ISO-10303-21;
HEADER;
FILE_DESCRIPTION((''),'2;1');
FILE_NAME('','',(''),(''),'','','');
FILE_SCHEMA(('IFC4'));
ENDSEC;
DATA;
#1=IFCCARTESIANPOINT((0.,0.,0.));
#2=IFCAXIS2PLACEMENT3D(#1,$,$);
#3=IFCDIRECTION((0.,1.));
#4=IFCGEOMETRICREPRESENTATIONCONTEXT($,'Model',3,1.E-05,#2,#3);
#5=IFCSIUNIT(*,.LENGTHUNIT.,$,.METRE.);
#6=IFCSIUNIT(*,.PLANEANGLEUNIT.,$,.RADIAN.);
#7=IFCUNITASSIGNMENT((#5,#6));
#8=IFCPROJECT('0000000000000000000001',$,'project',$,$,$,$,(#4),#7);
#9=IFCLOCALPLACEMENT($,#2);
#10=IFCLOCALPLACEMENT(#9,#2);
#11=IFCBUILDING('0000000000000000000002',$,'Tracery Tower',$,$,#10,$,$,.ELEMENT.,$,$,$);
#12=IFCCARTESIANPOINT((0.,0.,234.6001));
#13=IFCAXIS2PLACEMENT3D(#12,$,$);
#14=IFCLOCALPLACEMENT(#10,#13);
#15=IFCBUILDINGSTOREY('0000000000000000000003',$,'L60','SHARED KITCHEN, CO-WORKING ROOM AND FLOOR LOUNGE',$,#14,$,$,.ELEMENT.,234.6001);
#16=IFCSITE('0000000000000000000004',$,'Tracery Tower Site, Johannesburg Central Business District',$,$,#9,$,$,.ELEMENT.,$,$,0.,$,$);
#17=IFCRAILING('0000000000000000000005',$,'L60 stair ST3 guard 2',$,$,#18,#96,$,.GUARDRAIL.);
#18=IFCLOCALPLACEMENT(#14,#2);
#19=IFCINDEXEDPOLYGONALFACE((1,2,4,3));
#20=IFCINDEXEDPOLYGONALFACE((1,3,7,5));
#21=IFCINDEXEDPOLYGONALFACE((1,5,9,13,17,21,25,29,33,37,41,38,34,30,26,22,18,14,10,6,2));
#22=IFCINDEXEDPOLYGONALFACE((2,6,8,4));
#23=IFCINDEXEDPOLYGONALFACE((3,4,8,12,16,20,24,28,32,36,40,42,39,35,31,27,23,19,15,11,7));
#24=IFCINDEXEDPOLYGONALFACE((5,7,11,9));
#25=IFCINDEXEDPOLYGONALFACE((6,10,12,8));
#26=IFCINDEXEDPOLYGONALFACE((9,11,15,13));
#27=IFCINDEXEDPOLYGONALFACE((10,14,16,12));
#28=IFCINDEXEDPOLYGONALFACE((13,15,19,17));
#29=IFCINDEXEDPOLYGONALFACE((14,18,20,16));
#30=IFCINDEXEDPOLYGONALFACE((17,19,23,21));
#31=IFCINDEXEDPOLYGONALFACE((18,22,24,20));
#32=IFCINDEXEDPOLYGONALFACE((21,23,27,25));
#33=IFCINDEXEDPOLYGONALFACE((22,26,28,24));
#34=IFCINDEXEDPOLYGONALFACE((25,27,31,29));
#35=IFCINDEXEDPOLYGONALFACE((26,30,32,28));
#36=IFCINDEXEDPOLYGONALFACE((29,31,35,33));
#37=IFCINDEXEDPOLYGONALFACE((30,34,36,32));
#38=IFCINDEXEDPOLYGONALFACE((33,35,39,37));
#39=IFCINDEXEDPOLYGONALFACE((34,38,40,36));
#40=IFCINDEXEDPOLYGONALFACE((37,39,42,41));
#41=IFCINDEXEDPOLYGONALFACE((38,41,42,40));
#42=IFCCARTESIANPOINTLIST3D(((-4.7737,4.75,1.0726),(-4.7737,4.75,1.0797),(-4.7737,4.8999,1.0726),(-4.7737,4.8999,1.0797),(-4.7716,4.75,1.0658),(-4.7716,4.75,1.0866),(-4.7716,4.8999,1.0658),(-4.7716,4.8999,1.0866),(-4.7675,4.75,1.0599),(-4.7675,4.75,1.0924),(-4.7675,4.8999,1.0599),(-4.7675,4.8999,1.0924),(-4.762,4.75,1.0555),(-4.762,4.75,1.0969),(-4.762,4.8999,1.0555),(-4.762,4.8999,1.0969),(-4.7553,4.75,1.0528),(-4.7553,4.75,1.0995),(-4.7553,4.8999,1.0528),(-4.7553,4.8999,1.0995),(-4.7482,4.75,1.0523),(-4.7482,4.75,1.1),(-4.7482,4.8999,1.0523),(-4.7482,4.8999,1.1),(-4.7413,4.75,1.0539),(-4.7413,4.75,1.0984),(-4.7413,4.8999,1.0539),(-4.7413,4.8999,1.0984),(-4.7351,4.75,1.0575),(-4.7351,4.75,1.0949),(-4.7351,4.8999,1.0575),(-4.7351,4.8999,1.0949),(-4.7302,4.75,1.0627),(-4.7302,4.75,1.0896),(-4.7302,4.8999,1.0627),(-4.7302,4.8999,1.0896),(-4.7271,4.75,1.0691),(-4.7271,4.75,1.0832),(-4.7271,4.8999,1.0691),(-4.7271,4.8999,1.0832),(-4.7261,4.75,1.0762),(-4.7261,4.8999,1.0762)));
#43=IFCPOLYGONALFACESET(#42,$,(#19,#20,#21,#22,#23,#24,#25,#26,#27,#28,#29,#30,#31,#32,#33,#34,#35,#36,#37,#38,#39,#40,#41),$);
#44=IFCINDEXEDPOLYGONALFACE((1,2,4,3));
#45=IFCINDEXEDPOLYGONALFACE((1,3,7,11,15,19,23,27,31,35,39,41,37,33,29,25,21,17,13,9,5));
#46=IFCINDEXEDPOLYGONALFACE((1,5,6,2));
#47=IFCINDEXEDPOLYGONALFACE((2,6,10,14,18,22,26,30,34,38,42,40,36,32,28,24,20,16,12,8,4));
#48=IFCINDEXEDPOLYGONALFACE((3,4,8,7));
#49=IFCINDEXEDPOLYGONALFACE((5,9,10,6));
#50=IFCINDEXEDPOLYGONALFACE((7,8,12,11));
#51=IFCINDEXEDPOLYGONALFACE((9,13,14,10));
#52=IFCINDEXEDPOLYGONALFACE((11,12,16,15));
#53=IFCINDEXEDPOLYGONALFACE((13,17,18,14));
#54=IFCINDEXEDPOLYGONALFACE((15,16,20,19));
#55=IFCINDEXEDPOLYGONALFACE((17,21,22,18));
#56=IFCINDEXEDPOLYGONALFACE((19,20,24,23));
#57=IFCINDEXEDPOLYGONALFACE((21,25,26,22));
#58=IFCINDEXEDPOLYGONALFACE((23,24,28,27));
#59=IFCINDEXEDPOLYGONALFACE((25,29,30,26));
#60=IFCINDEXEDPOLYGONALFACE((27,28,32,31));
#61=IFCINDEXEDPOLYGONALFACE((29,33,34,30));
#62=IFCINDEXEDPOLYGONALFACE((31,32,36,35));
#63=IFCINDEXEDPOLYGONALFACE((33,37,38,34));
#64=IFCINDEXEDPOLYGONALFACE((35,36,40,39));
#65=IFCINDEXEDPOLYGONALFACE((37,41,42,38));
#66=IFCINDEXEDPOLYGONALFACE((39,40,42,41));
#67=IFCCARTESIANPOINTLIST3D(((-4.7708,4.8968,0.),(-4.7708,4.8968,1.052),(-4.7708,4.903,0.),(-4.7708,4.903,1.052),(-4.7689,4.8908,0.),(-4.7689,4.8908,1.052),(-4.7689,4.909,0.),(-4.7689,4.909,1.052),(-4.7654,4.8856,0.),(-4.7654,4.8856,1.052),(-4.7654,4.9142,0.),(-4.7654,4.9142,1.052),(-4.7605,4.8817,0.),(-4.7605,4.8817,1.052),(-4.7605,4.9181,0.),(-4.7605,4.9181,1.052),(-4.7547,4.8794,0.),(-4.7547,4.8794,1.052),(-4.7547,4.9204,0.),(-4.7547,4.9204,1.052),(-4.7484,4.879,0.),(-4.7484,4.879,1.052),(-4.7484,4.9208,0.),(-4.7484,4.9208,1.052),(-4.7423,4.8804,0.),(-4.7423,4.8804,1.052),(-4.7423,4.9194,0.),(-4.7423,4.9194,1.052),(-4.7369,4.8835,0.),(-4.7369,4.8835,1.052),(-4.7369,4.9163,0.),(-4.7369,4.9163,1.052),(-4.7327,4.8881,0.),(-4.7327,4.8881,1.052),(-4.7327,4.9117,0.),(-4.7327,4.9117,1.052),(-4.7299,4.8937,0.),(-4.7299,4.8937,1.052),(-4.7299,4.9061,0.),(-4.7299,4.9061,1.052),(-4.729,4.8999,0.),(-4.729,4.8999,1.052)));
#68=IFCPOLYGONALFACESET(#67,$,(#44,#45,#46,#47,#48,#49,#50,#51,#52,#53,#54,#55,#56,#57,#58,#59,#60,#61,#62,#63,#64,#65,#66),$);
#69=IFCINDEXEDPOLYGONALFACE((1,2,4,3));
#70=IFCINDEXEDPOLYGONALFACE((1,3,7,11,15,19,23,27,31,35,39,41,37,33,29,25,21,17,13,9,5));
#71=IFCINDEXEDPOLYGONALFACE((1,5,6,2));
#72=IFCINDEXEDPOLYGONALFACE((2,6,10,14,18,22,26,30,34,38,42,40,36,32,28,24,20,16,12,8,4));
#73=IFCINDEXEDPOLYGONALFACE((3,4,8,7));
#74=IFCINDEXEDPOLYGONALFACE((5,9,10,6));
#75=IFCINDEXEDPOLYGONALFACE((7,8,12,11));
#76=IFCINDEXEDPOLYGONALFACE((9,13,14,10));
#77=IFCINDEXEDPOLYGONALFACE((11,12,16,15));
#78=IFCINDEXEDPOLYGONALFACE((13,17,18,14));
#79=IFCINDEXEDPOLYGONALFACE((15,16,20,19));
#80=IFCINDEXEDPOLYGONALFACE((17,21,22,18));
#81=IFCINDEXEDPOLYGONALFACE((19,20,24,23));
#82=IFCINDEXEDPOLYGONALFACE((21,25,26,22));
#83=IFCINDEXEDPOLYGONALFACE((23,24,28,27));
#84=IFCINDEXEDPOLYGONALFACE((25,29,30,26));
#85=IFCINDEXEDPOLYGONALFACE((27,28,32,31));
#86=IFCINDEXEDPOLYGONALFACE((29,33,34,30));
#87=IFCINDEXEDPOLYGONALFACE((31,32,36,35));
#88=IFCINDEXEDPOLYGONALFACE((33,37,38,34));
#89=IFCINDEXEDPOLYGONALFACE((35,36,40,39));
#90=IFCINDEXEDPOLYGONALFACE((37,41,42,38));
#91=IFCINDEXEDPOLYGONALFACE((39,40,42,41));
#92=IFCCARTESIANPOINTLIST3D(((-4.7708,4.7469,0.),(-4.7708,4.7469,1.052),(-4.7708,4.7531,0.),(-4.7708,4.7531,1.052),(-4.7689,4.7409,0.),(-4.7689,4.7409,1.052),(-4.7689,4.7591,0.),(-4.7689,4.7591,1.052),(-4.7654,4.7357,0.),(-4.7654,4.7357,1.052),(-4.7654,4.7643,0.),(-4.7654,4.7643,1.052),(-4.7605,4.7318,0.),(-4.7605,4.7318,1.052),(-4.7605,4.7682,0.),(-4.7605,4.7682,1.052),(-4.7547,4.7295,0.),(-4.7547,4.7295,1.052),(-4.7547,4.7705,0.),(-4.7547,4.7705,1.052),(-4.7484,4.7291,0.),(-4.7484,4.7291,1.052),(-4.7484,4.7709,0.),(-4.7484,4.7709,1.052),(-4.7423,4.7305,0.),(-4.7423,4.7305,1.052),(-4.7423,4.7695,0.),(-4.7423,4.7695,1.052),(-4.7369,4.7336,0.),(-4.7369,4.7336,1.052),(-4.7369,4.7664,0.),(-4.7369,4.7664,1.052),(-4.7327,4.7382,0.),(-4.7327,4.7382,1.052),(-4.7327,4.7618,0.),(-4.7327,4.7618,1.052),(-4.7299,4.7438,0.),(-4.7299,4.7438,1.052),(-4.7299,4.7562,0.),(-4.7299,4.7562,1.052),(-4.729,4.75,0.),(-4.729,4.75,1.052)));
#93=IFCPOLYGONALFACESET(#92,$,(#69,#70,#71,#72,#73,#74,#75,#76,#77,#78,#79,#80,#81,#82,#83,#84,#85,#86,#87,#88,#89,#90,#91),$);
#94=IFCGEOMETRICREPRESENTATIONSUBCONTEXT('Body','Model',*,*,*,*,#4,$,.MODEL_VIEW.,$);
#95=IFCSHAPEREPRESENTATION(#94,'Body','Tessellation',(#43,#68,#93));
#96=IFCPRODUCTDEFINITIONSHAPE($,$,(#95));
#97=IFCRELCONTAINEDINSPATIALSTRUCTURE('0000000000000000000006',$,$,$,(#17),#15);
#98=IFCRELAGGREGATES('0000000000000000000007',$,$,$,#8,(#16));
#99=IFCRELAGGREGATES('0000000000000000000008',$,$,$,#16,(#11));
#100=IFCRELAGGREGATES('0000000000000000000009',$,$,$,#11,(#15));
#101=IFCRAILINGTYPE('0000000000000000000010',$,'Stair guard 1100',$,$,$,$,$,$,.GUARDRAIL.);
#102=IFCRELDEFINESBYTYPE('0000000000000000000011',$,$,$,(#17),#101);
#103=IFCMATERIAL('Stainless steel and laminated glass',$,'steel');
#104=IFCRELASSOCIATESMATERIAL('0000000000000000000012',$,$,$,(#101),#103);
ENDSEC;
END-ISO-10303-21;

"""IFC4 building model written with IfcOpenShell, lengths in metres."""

from ifc_helpers import new_model, si_unit, direction, frame, origin, origin_2d, place, context, subcontext, project, spatial, circle, extrude, material, type_object, element, save


model = new_model("IFC4")

# Units and contexts
model_context = context("Model", 3, precision=1e-05, world=origin(), true_north=direction((0.0, 1.0)))
body_context = subcontext(model_context, "Body", "Model", "MODEL_VIEW")
ifc_project = project(units=[si_unit("LENGTHUNIT", "METRE"), si_unit("PLANEANGLEUNIT", "RADIAN")], contexts=[model_context])

# Site, building, storey
site_placement = place(None, origin())
site = spatial("IfcSite", under=ifc_project, at=site_placement, Name="Tracery Tower Site, Johannesburg Central Business District", CompositionType="ELEMENT", RefElevation=0.0)
building_placement = place(site_placement, origin())
building = spatial("IfcBuilding", under=site, at=building_placement, Name="Tracery Tower", CompositionType="ELEMENT")
storey_placement = place(building_placement, frame((0.0, 0.0, 234.6001)))
storey = spatial("IfcBuildingStorey", under=building, at=storey_placement, Name="L60", Description="SHARED KITCHEN, CO-WORKING ROOM AND FLOOR LOUNGE", CompositionType="ELEMENT", Elevation=234.6001)

# Railing
ifc_material_1 = material(Name="Stainless steel and laminated glass", Category="steel")
railing_type_1 = type_object("IfcRailingType", Name="Stair guard 1100", PredefinedType="GUARDRAIL", material=ifc_material_1)
railing_1_placement = place(storey_placement, frame((-4.75, 4.8999, 0.0)))
element("IfcRailing", 1, at=railing_1_placement, inside=storey, type_object=railing_type_1, Name="L60 stair ST3 guard 2", PredefinedType="GUARDRAIL", context=body_context, shape_type="SweptSolid", body=[
    extrude(circle(Radius=0.0239, at=origin_2d()), frame((0.0, 0.0, 1.0762), z_axis=(0.0, -1.0, 0.0), x_axis=(1.0, 0.0, 0.0)), (0.0, 0.0, 1.0), 0.1499),
    extrude(circle(Radius=0.021, at=origin_2d()), origin(), (0.0, 0.0, 1.0), 1.052),
    extrude(circle(Radius=0.021, at=origin_2d()), frame((0.0, -0.1499, 0.0)), (0.0, 0.0, 1.0), 1.052),
])

save(model, "model.ifc")
